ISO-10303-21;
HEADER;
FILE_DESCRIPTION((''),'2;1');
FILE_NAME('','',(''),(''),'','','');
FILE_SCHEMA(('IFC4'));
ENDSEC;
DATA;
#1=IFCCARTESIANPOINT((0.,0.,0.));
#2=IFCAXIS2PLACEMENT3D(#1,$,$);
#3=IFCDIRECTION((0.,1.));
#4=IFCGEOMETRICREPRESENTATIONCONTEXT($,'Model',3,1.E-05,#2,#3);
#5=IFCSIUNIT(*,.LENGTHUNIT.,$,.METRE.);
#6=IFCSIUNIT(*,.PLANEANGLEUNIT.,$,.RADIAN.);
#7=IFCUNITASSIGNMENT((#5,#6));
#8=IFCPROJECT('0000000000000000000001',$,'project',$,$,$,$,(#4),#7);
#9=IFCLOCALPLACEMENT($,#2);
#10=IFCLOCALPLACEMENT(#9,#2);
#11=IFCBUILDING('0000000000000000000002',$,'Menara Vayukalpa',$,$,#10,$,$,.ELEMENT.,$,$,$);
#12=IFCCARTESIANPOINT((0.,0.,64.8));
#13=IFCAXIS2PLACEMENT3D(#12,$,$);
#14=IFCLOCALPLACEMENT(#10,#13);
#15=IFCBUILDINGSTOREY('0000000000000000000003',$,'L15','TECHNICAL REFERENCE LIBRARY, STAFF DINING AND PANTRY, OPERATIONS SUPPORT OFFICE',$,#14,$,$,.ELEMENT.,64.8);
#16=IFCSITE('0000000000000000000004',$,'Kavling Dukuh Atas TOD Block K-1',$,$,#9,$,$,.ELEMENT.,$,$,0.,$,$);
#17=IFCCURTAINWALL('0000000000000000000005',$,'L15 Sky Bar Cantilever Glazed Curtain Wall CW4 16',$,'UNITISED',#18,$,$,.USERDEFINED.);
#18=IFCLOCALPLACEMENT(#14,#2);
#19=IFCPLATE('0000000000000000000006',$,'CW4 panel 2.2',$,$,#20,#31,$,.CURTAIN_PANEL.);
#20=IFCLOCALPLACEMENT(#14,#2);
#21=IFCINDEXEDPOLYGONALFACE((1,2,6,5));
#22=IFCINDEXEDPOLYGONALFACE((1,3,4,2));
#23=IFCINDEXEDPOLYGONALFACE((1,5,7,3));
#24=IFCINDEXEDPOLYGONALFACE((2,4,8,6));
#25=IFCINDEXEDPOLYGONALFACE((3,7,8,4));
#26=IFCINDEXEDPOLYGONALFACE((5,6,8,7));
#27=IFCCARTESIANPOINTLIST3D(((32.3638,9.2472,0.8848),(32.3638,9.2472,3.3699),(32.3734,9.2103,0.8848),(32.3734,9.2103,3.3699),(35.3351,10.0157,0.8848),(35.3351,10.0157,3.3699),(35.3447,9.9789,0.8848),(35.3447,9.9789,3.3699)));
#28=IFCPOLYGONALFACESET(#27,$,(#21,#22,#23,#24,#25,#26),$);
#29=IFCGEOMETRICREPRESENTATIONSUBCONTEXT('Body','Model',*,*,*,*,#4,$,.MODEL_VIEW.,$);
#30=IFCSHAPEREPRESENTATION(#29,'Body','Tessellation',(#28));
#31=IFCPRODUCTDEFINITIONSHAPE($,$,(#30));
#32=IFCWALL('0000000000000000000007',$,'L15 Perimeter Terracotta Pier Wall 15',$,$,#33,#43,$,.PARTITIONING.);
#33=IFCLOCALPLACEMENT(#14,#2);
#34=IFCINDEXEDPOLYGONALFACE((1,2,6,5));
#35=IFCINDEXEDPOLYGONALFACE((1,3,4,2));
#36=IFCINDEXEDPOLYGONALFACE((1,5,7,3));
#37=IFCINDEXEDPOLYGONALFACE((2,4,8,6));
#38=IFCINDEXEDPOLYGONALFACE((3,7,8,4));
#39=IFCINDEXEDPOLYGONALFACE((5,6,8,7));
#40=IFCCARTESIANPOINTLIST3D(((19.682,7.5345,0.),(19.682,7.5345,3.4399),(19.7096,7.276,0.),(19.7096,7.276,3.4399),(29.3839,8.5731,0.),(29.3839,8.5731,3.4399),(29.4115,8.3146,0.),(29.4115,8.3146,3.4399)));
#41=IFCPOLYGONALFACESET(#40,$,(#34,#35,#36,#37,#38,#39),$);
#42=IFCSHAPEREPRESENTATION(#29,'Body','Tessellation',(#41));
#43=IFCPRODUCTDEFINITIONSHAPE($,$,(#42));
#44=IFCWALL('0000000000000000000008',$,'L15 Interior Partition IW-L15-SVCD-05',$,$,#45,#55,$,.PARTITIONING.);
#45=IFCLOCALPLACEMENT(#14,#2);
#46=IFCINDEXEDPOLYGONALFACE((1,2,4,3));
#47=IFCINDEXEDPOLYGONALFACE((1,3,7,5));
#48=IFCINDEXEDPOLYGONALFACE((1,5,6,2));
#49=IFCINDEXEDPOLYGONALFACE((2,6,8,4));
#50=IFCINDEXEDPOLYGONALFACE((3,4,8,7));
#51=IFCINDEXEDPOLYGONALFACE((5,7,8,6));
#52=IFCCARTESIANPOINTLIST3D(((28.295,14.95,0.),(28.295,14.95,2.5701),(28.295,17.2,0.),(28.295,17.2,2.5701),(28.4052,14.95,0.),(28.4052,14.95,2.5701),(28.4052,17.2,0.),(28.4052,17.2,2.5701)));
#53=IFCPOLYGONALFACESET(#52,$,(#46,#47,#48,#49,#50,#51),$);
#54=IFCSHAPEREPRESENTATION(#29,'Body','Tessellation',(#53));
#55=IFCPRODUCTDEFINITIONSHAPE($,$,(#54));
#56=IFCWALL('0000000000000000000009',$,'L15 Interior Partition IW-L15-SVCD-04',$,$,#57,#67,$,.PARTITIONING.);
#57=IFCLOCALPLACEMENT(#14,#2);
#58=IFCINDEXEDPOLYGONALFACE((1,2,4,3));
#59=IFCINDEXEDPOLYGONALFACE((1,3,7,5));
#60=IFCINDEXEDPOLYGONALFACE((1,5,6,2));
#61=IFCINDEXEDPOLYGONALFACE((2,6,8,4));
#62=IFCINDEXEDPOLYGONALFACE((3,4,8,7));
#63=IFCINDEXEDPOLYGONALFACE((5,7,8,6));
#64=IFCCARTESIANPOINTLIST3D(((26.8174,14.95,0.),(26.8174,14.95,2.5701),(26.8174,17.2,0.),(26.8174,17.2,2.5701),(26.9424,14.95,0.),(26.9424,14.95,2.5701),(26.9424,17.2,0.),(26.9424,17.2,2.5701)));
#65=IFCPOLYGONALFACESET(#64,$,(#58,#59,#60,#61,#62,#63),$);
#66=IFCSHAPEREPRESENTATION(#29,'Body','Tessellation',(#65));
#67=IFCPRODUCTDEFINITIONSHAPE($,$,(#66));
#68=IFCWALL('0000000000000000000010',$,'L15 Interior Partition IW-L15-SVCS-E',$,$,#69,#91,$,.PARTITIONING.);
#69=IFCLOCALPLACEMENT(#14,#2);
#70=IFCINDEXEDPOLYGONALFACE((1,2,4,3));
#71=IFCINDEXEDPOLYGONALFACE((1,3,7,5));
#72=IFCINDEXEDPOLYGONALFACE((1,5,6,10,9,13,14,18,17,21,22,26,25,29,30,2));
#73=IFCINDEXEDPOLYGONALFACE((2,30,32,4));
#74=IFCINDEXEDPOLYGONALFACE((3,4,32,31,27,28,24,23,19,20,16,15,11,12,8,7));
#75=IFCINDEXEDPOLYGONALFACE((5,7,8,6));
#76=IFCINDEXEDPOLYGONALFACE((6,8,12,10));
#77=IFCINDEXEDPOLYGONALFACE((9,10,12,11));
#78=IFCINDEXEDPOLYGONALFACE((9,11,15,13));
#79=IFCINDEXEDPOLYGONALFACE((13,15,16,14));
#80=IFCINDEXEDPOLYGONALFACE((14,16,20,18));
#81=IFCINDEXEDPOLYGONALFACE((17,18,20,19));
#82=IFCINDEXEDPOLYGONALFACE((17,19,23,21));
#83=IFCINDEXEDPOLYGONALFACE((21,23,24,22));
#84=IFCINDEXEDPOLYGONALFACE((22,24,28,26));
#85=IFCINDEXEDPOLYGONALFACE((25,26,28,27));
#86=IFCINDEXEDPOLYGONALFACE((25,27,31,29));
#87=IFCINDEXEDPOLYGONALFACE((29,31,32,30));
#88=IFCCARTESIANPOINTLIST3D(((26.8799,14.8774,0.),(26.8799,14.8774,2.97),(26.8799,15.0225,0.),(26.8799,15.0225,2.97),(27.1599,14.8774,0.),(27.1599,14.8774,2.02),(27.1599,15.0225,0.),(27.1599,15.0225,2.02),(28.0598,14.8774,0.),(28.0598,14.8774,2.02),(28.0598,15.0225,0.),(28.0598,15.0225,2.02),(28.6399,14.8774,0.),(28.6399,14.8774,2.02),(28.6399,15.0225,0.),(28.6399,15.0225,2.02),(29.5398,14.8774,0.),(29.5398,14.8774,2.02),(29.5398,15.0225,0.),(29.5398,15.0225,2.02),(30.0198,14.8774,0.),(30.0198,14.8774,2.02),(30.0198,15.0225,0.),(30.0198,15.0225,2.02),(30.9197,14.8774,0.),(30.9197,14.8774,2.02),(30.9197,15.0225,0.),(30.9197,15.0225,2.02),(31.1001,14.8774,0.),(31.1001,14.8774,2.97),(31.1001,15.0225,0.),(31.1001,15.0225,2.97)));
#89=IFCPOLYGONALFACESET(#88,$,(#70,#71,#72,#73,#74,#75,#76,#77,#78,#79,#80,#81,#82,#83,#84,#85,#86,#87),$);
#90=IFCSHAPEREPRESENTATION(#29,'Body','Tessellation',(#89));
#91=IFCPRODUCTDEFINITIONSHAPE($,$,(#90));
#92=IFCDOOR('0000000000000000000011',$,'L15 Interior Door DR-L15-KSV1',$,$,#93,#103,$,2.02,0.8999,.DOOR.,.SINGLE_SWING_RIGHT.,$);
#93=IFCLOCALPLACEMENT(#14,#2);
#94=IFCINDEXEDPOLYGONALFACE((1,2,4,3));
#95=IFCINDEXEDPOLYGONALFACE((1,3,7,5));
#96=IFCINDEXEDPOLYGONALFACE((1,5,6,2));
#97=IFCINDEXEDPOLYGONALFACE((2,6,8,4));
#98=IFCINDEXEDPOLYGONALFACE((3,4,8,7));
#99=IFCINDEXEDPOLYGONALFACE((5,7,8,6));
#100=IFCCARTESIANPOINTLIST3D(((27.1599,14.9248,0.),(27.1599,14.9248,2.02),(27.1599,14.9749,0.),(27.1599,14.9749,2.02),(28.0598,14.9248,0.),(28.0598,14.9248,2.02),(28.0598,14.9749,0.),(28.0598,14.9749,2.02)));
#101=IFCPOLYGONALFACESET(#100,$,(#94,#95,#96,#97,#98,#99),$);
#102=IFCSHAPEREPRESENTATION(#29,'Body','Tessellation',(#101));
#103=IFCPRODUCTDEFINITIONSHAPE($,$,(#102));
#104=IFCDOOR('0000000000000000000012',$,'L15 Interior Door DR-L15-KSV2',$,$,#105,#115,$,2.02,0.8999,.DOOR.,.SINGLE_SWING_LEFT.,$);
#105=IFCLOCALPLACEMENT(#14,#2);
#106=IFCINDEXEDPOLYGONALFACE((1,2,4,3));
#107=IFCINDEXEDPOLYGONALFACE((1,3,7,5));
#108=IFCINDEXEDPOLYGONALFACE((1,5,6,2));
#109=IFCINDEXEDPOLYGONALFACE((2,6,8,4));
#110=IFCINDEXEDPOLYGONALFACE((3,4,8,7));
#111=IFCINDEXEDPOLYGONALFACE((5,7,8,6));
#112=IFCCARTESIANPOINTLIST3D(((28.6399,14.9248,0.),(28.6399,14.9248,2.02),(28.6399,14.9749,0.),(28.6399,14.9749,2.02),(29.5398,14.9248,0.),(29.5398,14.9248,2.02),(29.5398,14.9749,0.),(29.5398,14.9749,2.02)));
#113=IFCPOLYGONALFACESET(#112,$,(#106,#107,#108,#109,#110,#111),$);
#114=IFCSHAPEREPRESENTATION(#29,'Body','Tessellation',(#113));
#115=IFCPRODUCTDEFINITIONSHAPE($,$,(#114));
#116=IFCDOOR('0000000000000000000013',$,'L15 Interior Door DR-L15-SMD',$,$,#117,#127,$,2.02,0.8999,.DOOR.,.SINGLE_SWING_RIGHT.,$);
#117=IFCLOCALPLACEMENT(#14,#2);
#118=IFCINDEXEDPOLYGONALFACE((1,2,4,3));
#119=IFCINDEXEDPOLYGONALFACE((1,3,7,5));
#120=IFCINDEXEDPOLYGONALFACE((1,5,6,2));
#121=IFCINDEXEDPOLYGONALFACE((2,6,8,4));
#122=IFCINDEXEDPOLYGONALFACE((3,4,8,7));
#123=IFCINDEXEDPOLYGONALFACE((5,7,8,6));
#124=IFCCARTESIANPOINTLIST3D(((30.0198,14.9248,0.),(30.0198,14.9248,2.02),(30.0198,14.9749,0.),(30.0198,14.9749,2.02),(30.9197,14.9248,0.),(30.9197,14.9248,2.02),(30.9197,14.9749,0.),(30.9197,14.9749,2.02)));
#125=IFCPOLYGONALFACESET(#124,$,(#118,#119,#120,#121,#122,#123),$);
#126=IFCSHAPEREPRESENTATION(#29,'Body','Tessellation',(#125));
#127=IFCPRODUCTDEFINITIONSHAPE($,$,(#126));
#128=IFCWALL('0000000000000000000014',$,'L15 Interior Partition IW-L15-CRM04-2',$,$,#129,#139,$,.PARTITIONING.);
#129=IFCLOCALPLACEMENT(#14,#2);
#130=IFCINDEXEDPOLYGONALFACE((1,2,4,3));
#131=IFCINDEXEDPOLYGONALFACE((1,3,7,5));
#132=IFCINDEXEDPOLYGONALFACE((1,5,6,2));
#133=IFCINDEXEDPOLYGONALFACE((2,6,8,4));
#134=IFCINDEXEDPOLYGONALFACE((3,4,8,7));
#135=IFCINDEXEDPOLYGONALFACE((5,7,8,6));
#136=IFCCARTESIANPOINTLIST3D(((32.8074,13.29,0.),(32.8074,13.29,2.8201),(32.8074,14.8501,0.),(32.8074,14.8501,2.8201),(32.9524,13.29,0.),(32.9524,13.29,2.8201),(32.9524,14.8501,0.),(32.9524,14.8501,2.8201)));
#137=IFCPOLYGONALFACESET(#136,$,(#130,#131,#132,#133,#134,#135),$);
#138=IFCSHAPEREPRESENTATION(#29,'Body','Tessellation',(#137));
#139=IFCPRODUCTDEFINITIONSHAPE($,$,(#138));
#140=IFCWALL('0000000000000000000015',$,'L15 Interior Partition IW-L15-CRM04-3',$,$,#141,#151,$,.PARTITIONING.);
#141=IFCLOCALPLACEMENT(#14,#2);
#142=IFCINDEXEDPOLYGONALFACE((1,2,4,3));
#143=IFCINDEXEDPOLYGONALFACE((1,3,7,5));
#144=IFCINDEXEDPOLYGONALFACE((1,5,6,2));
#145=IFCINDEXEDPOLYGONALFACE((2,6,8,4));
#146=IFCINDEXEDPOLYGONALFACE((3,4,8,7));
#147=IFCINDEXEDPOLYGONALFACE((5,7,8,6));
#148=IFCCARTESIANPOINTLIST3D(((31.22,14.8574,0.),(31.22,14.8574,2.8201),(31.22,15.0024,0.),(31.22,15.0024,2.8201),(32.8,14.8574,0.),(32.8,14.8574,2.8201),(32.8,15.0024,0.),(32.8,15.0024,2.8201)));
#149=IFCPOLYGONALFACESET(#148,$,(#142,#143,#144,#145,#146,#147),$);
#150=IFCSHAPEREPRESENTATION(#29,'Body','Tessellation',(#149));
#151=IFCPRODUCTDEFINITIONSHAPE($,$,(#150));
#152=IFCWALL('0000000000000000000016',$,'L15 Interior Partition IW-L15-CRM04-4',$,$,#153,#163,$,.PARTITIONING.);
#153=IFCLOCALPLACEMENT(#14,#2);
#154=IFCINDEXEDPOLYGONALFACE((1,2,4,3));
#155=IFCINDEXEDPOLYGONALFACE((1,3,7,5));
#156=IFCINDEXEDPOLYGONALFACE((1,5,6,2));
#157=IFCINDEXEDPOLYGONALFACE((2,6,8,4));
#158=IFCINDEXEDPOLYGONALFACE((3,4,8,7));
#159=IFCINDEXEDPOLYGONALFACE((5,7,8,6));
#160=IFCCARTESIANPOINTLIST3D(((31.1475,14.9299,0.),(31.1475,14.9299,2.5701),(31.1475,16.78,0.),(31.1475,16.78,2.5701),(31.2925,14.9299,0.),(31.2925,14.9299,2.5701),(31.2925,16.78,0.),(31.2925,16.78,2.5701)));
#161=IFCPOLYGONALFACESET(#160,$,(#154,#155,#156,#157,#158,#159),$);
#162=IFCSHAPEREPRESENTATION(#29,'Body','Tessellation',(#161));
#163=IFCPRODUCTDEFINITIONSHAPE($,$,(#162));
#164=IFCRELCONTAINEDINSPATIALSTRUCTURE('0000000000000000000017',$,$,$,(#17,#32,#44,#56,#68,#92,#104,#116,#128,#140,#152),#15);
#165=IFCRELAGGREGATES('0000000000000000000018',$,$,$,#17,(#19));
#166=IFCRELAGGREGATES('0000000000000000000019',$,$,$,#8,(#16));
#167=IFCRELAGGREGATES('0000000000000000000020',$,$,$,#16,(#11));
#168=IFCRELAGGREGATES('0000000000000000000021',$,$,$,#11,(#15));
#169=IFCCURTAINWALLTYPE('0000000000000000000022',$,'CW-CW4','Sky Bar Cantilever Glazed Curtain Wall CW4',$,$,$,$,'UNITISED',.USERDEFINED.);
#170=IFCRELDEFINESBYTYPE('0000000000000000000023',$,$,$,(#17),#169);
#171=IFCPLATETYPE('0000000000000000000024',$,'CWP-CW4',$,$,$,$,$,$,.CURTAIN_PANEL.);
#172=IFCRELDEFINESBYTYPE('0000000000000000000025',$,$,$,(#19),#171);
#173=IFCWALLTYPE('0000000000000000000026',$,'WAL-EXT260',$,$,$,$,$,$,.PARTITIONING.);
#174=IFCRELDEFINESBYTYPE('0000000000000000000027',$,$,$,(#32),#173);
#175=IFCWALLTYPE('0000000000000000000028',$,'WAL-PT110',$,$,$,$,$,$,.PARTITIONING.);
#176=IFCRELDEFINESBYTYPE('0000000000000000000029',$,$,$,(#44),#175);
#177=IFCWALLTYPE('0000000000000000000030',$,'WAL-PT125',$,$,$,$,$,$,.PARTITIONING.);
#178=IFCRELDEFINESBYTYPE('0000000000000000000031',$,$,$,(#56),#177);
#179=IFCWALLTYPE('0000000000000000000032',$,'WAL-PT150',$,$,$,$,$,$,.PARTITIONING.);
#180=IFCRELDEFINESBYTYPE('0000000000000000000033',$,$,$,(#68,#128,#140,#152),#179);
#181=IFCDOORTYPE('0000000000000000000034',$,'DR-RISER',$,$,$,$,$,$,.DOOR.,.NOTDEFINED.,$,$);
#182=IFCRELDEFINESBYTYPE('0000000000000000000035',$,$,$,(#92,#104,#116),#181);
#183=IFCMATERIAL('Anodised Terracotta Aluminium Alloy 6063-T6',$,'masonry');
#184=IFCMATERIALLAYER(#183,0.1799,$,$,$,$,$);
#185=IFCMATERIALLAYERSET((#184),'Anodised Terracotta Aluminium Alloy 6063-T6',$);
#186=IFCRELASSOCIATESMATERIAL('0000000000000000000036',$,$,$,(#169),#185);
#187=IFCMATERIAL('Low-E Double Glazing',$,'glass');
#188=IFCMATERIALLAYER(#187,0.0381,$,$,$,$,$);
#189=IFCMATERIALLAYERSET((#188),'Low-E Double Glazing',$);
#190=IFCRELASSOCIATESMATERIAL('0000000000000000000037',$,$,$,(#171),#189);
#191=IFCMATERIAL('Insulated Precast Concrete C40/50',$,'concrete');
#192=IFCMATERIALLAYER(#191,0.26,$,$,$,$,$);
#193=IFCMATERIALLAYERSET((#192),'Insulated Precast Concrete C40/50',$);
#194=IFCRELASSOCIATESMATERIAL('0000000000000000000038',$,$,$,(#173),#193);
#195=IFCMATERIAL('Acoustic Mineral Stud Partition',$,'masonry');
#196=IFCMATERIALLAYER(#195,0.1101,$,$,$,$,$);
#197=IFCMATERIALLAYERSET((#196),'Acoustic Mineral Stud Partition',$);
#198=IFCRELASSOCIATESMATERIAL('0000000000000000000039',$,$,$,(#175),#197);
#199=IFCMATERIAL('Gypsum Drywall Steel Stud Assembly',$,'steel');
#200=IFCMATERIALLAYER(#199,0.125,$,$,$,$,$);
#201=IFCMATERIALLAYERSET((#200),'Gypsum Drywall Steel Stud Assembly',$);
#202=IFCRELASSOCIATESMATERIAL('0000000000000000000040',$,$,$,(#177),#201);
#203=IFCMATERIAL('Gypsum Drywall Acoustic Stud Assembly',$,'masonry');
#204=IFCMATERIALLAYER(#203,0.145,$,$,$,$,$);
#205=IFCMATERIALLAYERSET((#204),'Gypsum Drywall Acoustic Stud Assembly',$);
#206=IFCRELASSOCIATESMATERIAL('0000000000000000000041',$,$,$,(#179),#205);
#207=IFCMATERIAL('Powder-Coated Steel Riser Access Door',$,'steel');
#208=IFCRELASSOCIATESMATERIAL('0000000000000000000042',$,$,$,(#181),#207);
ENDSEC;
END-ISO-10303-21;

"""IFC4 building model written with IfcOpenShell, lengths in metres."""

from ifc_helpers import new_model, si_unit, direction, frame, frame_2d, origin, origin_2d, place, context, subcontext, project, spatial, rectangle, extrude, material, layer, layer_set, type_object, element, fill, aggregate, save


model = new_model("IFC4")

# Units and contexts
model_context = context("Model", 3, precision=1e-05, world=origin(), true_north=direction((0.0, 1.0)))
body_context = subcontext(model_context, "Body", "Model", "MODEL_VIEW")
ifc_project = project(units=[si_unit("LENGTHUNIT", "METRE"), si_unit("PLANEANGLEUNIT", "RADIAN")], contexts=[model_context])

# Site, building, storey
site_placement = place(None, origin())
site = spatial("IfcSite", under=ifc_project, at=site_placement, Name="Kavling Dukuh Atas TOD Block K-1", CompositionType="ELEMENT", RefElevation=0.0)
building_placement = place(site_placement, origin())
building = spatial("IfcBuilding", under=site, at=building_placement, Name="Menara Vayukalpa", CompositionType="ELEMENT")
storey_placement = place(building_placement, frame((0.0, 0.0, 64.8)))
storey = spatial("IfcBuildingStorey", under=building, at=storey_placement, Name="L15", Description="TECHNICAL REFERENCE LIBRARY, STAFF DINING AND PANTRY, OPERATIONS SUPPORT OFFICE", CompositionType="ELEMENT", Elevation=64.8)

# Curtain wall, plate
ifc_material_1 = material(Name="Anodised Terracotta Aluminium Alloy 6063-T6", Category="masonry")
ifc_layer_1 = layer(ifc_material_1, 0.1799)
ifc_layer_set_1 = layer_set([ifc_layer_1], Name="Anodised Terracotta Aluminium Alloy 6063-T6")
curtain_wall_type = type_object("IfcCurtainWallType", Name="CW-CW4", Description="Sky Bar Cantilever Glazed Curtain Wall CW4", ElementType="UNITISED", PredefinedType="USERDEFINED", material=ifc_layer_set_1)
curtain_wall_placement = place(storey_placement, origin())
curtain_wall = element("IfcCurtainWall", 1, at=curtain_wall_placement, inside=storey, type_object=curtain_wall_type, Name="L15 Sky Bar Cantilever Glazed Curtain Wall CW4 16", ObjectType="UNITISED", PredefinedType="USERDEFINED")
ifc_material_2 = material(Name="Low-E Double Glazing", Category="glass")
ifc_layer_2 = layer(ifc_material_2, 0.0381)
ifc_layer_set_2 = layer_set([ifc_layer_2], Name="Low-E Double Glazing")
plate_type = type_object("IfcPlateType", Name="CWP-CW4", PredefinedType="CURTAIN_PANEL", material=ifc_layer_set_2)
plate_1_placement = place(storey_placement, frame((33.8542, 9.613, 0.8848), z_axis=(0.0, 0.0, 1.0), x_axis=(0.968142, 0.250403, 0.0)))
plate_1 = element("IfcPlate", 2, at=plate_1_placement, type_object=plate_type, Name="CW4 panel 2.2", PredefinedType="CURTAIN_PANEL", context=body_context, shape_type="SweptSolid", body=[
    extrude(rectangle(XDim=3.0691, YDim=0.0381, at=origin_2d()), origin(), (0.0, 0.0, 1.0), 2.4851),
])
aggregate(curtain_wall, [plate_1])

# Walls
ifc_material_3 = material(Name="Insulated Precast Concrete C40/50", Category="concrete")
ifc_layer_3 = layer(ifc_material_3, 0.26)
ifc_layer_set_3 = layer_set([ifc_layer_3], Name="Insulated Precast Concrete C40/50")
wall_type_1 = type_object("IfcWallType", Name="WAL-EXT260", PredefinedType="PARTITIONING", material=ifc_layer_set_3)
wall_1_placement = place(storey_placement, frame((29.3977, 8.4438, 0.0), z_axis=(0.0, 0.0, 1.0), x_axis=(-0.994319, -0.10644, 0.0)))
element("IfcWall", 3, at=wall_1_placement, inside=storey, type_object=wall_type_1, Name="L15 Perimeter Terracotta Pier Wall 15", PredefinedType="PARTITIONING", context=body_context, shape_type="SweptSolid", body=[
    extrude(rectangle(XDim=9.7573, YDim=0.26, at=frame_2d((4.8787, 0.0))), origin(), (0.0, 0.0, 1.0), 3.4399),
])
ifc_material_4 = material(Name="Acoustic Mineral Stud Partition", Category="masonry")
ifc_layer_4 = layer(ifc_material_4, 0.1101)
ifc_layer_set_4 = layer_set([ifc_layer_4], Name="Acoustic Mineral Stud Partition")
wall_type_2 = type_object("IfcWallType", Name="WAL-PT110", PredefinedType="PARTITIONING", material=ifc_layer_set_4)
wall_2_placement = place(storey_placement, frame((28.3501, 14.95, 0.0), z_axis=(0.0, 0.0, 1.0), x_axis=(0.0, 1.0, 0.0)))
element("IfcWall", 4, at=wall_2_placement, inside=storey, type_object=wall_type_2, Name="L15 Interior Partition IW-L15-SVCD-05", PredefinedType="PARTITIONING", context=body_context, shape_type="SweptSolid", body=[
    extrude(rectangle(XDim=2.25, YDim=0.1101, at=frame_2d((1.125, 0.0))), origin(), (0.0, 0.0, 1.0), 2.5701),
])
ifc_material_5 = material(Name="Gypsum Drywall Steel Stud Assembly", Category="steel")
ifc_layer_5 = layer(ifc_material_5, 0.125)
ifc_layer_set_5 = layer_set([ifc_layer_5], Name="Gypsum Drywall Steel Stud Assembly")
wall_type_3 = type_object("IfcWallType", Name="WAL-PT125", PredefinedType="PARTITIONING", material=ifc_layer_set_5)
wall_3_placement = place(storey_placement, frame((26.8799, 14.95, 0.0), z_axis=(0.0, 0.0, 1.0), x_axis=(0.0, 1.0, 0.0)))
element("IfcWall", 5, at=wall_3_placement, inside=storey, type_object=wall_type_3, Name="L15 Interior Partition IW-L15-SVCD-04", PredefinedType="PARTITIONING", context=body_context, shape_type="SweptSolid", body=[
    extrude(rectangle(XDim=2.25, YDim=0.125, at=frame_2d((1.125, 0.0))), origin(), (0.0, 0.0, 1.0), 2.5701),
])

# Wall, openings, doors
ifc_material_6 = material(Name="Gypsum Drywall Acoustic Stud Assembly", Category="masonry")
ifc_layer_6 = layer(ifc_material_6, 0.145)
ifc_layer_set_6 = layer_set([ifc_layer_6], Name="Gypsum Drywall Acoustic Stud Assembly")
wall_type_4 = type_object("IfcWallType", Name="WAL-PT150", PredefinedType="PARTITIONING", material=ifc_layer_set_6)
wall_4_placement = place(storey_placement, frame((26.8799, 14.95, 0.0), z_axis=(0.0, 0.0, 1.0), x_axis=(1.0, 0.0, 0.0)))
wall_4 = element("IfcWall", 6, at=wall_4_placement, inside=storey, type_object=wall_type_4, Name="L15 Interior Partition IW-L15-SVCS-E", PredefinedType="PARTITIONING", context=body_context, shape_type="SweptSolid", body=[
    extrude(rectangle(XDim=4.2202, YDim=0.145, at=frame_2d((2.1101, 0.0))), origin(), (0.0, 0.0, 1.0), 2.97),
])
opening_1_placement = place(wall_4_placement, frame((0.28, 0.0, 0.0)))
opening_1 = element("IfcOpeningElement", 7, at=opening_1_placement, cuts=wall_4, PredefinedType="OPENING", context=body_context, shape_type="SweptSolid", body=[
    extrude(rectangle(XDim=0.8999, YDim=2.02, at=frame_2d((0.45, 1.01))), frame((0.0, 0.0825, 0.0), z_axis=(0.0, -1.0, 0.0), x_axis=(1.0, 0.0, 0.0)), (0.0, 0.0, 1.0), 0.165),
])
opening_2_placement = place(wall_4_placement, frame((1.76, 0.0, 0.0)))
opening_2 = element("IfcOpeningElement", 8, at=opening_2_placement, cuts=wall_4, PredefinedType="OPENING", context=body_context, shape_type="SweptSolid", body=[
    extrude(rectangle(XDim=0.8999, YDim=2.02, at=frame_2d((0.45, 1.01))), frame((0.0, 0.0825, 0.0), z_axis=(0.0, -1.0, 0.0), x_axis=(1.0, 0.0, 0.0)), (0.0, 0.0, 1.0), 0.165),
])
opening_3_placement = place(wall_4_placement, frame((3.1399, 0.0, 0.0)))
opening_3 = element("IfcOpeningElement", 9, at=opening_3_placement, cuts=wall_4, PredefinedType="OPENING", context=body_context, shape_type="SweptSolid", body=[
    extrude(rectangle(XDim=0.8999, YDim=2.02, at=frame_2d((0.45, 1.01))), frame((0.0, 0.0825, 0.0), z_axis=(0.0, -1.0, 0.0), x_axis=(1.0, 0.0, 0.0)), (0.0, 0.0, 1.0), 0.165),
])
ifc_material_7 = material(Name="Powder-Coated Steel Riser Access Door", Category="steel")
door_type = type_object("IfcDoorType", Name="DR-RISER", OperationType="NOTDEFINED", PredefinedType="DOOR", material=ifc_material_7)
door_1_placement = place(opening_1_placement, origin())
door_1 = element("IfcDoor", 10, at=door_1_placement, inside=storey, type_object=door_type, Name="L15 Interior Door DR-L15-KSV1", OperationType="SINGLE_SWING_RIGHT", OverallHeight=2.02, OverallWidth=0.8999, PredefinedType="DOOR", context=body_context, shape_type="SweptSolid", body=[
    extrude(rectangle(XDim=0.8999, YDim=2.02, at=frame_2d((0.45, 1.01))), frame((0.0, 0.0249, 0.0), z_axis=(0.0, -1.0, 0.0), x_axis=(1.0, 0.0, 0.0)), (0.0, 0.0, 1.0), 0.05),
])
fill(opening_1, door_1)
door_2_placement = place(opening_2_placement, origin())
door_2 = element("IfcDoor", 11, at=door_2_placement, inside=storey, type_object=door_type, Name="L15 Interior Door DR-L15-KSV2", OperationType="SINGLE_SWING_LEFT", OverallHeight=2.02, OverallWidth=0.8999, PredefinedType="DOOR", context=body_context, shape_type="SweptSolid", body=[
    extrude(rectangle(XDim=0.8999, YDim=2.02, at=frame_2d((0.45, 1.01))), frame((0.0, 0.0249, 0.0), z_axis=(0.0, -1.0, 0.0), x_axis=(1.0, 0.0, 0.0)), (0.0, 0.0, 1.0), 0.05),
])
fill(opening_2, door_2)
door_3_placement = place(opening_3_placement, origin())
door_3 = element("IfcDoor", 12, at=door_3_placement, inside=storey, type_object=door_type, Name="L15 Interior Door DR-L15-SMD", OperationType="SINGLE_SWING_RIGHT", OverallHeight=2.02, OverallWidth=0.8999, PredefinedType="DOOR", context=body_context, shape_type="SweptSolid", body=[
    extrude(rectangle(XDim=0.8999, YDim=2.02, at=frame_2d((0.45, 1.01))), frame((0.0, 0.0249, 0.0), z_axis=(0.0, -1.0, 0.0), x_axis=(1.0, 0.0, 0.0)), (0.0, 0.0, 1.0), 0.05),
])
fill(opening_3, door_3)

# Walls
wall_5_placement = place(storey_placement, frame((32.8799, 13.29, 0.0), z_axis=(0.0, 0.0, 1.0), x_axis=(0.0, 1.0, 0.0)))
element("IfcWall", 13, at=wall_5_placement, inside=storey, type_object=wall_type_4, Name="L15 Interior Partition IW-L15-CRM04-2", PredefinedType="PARTITIONING", context=body_context, shape_type="SweptSolid", body=[
    extrude(rectangle(XDim=1.5601, YDim=0.145, at=frame_2d((0.78, 0.0))), origin(), (0.0, 0.0, 1.0), 2.8201),
])
wall_6_placement = place(storey_placement, frame((32.8, 14.9299, 0.0), z_axis=(0.0, 0.0, 1.0), x_axis=(-1.0, 0.0, 0.0)))
element("IfcWall", 14, at=wall_6_placement, inside=storey, type_object=wall_type_4, Name="L15 Interior Partition IW-L15-CRM04-3", PredefinedType="PARTITIONING", context=body_context, shape_type="SweptSolid", body=[
    extrude(rectangle(XDim=1.5801, YDim=0.145, at=frame_2d((0.79, 0.0))), origin(), (0.0, 0.0, 1.0), 2.8201),
])
wall_7_placement = place(storey_placement, frame((31.22, 14.9299, 0.0), z_axis=(0.0, 0.0, 1.0), x_axis=(0.0, 1.0, 0.0)))
element("IfcWall", 15, at=wall_7_placement, inside=storey, type_object=wall_type_4, Name="L15 Interior Partition IW-L15-CRM04-4", PredefinedType="PARTITIONING", context=body_context, shape_type="SweptSolid", body=[
    extrude(rectangle(XDim=1.8501, YDim=0.145, at=frame_2d((0.925, 0.0))), origin(), (0.0, 0.0, 1.0), 2.5701),
])

save(model, "model.ifc")
